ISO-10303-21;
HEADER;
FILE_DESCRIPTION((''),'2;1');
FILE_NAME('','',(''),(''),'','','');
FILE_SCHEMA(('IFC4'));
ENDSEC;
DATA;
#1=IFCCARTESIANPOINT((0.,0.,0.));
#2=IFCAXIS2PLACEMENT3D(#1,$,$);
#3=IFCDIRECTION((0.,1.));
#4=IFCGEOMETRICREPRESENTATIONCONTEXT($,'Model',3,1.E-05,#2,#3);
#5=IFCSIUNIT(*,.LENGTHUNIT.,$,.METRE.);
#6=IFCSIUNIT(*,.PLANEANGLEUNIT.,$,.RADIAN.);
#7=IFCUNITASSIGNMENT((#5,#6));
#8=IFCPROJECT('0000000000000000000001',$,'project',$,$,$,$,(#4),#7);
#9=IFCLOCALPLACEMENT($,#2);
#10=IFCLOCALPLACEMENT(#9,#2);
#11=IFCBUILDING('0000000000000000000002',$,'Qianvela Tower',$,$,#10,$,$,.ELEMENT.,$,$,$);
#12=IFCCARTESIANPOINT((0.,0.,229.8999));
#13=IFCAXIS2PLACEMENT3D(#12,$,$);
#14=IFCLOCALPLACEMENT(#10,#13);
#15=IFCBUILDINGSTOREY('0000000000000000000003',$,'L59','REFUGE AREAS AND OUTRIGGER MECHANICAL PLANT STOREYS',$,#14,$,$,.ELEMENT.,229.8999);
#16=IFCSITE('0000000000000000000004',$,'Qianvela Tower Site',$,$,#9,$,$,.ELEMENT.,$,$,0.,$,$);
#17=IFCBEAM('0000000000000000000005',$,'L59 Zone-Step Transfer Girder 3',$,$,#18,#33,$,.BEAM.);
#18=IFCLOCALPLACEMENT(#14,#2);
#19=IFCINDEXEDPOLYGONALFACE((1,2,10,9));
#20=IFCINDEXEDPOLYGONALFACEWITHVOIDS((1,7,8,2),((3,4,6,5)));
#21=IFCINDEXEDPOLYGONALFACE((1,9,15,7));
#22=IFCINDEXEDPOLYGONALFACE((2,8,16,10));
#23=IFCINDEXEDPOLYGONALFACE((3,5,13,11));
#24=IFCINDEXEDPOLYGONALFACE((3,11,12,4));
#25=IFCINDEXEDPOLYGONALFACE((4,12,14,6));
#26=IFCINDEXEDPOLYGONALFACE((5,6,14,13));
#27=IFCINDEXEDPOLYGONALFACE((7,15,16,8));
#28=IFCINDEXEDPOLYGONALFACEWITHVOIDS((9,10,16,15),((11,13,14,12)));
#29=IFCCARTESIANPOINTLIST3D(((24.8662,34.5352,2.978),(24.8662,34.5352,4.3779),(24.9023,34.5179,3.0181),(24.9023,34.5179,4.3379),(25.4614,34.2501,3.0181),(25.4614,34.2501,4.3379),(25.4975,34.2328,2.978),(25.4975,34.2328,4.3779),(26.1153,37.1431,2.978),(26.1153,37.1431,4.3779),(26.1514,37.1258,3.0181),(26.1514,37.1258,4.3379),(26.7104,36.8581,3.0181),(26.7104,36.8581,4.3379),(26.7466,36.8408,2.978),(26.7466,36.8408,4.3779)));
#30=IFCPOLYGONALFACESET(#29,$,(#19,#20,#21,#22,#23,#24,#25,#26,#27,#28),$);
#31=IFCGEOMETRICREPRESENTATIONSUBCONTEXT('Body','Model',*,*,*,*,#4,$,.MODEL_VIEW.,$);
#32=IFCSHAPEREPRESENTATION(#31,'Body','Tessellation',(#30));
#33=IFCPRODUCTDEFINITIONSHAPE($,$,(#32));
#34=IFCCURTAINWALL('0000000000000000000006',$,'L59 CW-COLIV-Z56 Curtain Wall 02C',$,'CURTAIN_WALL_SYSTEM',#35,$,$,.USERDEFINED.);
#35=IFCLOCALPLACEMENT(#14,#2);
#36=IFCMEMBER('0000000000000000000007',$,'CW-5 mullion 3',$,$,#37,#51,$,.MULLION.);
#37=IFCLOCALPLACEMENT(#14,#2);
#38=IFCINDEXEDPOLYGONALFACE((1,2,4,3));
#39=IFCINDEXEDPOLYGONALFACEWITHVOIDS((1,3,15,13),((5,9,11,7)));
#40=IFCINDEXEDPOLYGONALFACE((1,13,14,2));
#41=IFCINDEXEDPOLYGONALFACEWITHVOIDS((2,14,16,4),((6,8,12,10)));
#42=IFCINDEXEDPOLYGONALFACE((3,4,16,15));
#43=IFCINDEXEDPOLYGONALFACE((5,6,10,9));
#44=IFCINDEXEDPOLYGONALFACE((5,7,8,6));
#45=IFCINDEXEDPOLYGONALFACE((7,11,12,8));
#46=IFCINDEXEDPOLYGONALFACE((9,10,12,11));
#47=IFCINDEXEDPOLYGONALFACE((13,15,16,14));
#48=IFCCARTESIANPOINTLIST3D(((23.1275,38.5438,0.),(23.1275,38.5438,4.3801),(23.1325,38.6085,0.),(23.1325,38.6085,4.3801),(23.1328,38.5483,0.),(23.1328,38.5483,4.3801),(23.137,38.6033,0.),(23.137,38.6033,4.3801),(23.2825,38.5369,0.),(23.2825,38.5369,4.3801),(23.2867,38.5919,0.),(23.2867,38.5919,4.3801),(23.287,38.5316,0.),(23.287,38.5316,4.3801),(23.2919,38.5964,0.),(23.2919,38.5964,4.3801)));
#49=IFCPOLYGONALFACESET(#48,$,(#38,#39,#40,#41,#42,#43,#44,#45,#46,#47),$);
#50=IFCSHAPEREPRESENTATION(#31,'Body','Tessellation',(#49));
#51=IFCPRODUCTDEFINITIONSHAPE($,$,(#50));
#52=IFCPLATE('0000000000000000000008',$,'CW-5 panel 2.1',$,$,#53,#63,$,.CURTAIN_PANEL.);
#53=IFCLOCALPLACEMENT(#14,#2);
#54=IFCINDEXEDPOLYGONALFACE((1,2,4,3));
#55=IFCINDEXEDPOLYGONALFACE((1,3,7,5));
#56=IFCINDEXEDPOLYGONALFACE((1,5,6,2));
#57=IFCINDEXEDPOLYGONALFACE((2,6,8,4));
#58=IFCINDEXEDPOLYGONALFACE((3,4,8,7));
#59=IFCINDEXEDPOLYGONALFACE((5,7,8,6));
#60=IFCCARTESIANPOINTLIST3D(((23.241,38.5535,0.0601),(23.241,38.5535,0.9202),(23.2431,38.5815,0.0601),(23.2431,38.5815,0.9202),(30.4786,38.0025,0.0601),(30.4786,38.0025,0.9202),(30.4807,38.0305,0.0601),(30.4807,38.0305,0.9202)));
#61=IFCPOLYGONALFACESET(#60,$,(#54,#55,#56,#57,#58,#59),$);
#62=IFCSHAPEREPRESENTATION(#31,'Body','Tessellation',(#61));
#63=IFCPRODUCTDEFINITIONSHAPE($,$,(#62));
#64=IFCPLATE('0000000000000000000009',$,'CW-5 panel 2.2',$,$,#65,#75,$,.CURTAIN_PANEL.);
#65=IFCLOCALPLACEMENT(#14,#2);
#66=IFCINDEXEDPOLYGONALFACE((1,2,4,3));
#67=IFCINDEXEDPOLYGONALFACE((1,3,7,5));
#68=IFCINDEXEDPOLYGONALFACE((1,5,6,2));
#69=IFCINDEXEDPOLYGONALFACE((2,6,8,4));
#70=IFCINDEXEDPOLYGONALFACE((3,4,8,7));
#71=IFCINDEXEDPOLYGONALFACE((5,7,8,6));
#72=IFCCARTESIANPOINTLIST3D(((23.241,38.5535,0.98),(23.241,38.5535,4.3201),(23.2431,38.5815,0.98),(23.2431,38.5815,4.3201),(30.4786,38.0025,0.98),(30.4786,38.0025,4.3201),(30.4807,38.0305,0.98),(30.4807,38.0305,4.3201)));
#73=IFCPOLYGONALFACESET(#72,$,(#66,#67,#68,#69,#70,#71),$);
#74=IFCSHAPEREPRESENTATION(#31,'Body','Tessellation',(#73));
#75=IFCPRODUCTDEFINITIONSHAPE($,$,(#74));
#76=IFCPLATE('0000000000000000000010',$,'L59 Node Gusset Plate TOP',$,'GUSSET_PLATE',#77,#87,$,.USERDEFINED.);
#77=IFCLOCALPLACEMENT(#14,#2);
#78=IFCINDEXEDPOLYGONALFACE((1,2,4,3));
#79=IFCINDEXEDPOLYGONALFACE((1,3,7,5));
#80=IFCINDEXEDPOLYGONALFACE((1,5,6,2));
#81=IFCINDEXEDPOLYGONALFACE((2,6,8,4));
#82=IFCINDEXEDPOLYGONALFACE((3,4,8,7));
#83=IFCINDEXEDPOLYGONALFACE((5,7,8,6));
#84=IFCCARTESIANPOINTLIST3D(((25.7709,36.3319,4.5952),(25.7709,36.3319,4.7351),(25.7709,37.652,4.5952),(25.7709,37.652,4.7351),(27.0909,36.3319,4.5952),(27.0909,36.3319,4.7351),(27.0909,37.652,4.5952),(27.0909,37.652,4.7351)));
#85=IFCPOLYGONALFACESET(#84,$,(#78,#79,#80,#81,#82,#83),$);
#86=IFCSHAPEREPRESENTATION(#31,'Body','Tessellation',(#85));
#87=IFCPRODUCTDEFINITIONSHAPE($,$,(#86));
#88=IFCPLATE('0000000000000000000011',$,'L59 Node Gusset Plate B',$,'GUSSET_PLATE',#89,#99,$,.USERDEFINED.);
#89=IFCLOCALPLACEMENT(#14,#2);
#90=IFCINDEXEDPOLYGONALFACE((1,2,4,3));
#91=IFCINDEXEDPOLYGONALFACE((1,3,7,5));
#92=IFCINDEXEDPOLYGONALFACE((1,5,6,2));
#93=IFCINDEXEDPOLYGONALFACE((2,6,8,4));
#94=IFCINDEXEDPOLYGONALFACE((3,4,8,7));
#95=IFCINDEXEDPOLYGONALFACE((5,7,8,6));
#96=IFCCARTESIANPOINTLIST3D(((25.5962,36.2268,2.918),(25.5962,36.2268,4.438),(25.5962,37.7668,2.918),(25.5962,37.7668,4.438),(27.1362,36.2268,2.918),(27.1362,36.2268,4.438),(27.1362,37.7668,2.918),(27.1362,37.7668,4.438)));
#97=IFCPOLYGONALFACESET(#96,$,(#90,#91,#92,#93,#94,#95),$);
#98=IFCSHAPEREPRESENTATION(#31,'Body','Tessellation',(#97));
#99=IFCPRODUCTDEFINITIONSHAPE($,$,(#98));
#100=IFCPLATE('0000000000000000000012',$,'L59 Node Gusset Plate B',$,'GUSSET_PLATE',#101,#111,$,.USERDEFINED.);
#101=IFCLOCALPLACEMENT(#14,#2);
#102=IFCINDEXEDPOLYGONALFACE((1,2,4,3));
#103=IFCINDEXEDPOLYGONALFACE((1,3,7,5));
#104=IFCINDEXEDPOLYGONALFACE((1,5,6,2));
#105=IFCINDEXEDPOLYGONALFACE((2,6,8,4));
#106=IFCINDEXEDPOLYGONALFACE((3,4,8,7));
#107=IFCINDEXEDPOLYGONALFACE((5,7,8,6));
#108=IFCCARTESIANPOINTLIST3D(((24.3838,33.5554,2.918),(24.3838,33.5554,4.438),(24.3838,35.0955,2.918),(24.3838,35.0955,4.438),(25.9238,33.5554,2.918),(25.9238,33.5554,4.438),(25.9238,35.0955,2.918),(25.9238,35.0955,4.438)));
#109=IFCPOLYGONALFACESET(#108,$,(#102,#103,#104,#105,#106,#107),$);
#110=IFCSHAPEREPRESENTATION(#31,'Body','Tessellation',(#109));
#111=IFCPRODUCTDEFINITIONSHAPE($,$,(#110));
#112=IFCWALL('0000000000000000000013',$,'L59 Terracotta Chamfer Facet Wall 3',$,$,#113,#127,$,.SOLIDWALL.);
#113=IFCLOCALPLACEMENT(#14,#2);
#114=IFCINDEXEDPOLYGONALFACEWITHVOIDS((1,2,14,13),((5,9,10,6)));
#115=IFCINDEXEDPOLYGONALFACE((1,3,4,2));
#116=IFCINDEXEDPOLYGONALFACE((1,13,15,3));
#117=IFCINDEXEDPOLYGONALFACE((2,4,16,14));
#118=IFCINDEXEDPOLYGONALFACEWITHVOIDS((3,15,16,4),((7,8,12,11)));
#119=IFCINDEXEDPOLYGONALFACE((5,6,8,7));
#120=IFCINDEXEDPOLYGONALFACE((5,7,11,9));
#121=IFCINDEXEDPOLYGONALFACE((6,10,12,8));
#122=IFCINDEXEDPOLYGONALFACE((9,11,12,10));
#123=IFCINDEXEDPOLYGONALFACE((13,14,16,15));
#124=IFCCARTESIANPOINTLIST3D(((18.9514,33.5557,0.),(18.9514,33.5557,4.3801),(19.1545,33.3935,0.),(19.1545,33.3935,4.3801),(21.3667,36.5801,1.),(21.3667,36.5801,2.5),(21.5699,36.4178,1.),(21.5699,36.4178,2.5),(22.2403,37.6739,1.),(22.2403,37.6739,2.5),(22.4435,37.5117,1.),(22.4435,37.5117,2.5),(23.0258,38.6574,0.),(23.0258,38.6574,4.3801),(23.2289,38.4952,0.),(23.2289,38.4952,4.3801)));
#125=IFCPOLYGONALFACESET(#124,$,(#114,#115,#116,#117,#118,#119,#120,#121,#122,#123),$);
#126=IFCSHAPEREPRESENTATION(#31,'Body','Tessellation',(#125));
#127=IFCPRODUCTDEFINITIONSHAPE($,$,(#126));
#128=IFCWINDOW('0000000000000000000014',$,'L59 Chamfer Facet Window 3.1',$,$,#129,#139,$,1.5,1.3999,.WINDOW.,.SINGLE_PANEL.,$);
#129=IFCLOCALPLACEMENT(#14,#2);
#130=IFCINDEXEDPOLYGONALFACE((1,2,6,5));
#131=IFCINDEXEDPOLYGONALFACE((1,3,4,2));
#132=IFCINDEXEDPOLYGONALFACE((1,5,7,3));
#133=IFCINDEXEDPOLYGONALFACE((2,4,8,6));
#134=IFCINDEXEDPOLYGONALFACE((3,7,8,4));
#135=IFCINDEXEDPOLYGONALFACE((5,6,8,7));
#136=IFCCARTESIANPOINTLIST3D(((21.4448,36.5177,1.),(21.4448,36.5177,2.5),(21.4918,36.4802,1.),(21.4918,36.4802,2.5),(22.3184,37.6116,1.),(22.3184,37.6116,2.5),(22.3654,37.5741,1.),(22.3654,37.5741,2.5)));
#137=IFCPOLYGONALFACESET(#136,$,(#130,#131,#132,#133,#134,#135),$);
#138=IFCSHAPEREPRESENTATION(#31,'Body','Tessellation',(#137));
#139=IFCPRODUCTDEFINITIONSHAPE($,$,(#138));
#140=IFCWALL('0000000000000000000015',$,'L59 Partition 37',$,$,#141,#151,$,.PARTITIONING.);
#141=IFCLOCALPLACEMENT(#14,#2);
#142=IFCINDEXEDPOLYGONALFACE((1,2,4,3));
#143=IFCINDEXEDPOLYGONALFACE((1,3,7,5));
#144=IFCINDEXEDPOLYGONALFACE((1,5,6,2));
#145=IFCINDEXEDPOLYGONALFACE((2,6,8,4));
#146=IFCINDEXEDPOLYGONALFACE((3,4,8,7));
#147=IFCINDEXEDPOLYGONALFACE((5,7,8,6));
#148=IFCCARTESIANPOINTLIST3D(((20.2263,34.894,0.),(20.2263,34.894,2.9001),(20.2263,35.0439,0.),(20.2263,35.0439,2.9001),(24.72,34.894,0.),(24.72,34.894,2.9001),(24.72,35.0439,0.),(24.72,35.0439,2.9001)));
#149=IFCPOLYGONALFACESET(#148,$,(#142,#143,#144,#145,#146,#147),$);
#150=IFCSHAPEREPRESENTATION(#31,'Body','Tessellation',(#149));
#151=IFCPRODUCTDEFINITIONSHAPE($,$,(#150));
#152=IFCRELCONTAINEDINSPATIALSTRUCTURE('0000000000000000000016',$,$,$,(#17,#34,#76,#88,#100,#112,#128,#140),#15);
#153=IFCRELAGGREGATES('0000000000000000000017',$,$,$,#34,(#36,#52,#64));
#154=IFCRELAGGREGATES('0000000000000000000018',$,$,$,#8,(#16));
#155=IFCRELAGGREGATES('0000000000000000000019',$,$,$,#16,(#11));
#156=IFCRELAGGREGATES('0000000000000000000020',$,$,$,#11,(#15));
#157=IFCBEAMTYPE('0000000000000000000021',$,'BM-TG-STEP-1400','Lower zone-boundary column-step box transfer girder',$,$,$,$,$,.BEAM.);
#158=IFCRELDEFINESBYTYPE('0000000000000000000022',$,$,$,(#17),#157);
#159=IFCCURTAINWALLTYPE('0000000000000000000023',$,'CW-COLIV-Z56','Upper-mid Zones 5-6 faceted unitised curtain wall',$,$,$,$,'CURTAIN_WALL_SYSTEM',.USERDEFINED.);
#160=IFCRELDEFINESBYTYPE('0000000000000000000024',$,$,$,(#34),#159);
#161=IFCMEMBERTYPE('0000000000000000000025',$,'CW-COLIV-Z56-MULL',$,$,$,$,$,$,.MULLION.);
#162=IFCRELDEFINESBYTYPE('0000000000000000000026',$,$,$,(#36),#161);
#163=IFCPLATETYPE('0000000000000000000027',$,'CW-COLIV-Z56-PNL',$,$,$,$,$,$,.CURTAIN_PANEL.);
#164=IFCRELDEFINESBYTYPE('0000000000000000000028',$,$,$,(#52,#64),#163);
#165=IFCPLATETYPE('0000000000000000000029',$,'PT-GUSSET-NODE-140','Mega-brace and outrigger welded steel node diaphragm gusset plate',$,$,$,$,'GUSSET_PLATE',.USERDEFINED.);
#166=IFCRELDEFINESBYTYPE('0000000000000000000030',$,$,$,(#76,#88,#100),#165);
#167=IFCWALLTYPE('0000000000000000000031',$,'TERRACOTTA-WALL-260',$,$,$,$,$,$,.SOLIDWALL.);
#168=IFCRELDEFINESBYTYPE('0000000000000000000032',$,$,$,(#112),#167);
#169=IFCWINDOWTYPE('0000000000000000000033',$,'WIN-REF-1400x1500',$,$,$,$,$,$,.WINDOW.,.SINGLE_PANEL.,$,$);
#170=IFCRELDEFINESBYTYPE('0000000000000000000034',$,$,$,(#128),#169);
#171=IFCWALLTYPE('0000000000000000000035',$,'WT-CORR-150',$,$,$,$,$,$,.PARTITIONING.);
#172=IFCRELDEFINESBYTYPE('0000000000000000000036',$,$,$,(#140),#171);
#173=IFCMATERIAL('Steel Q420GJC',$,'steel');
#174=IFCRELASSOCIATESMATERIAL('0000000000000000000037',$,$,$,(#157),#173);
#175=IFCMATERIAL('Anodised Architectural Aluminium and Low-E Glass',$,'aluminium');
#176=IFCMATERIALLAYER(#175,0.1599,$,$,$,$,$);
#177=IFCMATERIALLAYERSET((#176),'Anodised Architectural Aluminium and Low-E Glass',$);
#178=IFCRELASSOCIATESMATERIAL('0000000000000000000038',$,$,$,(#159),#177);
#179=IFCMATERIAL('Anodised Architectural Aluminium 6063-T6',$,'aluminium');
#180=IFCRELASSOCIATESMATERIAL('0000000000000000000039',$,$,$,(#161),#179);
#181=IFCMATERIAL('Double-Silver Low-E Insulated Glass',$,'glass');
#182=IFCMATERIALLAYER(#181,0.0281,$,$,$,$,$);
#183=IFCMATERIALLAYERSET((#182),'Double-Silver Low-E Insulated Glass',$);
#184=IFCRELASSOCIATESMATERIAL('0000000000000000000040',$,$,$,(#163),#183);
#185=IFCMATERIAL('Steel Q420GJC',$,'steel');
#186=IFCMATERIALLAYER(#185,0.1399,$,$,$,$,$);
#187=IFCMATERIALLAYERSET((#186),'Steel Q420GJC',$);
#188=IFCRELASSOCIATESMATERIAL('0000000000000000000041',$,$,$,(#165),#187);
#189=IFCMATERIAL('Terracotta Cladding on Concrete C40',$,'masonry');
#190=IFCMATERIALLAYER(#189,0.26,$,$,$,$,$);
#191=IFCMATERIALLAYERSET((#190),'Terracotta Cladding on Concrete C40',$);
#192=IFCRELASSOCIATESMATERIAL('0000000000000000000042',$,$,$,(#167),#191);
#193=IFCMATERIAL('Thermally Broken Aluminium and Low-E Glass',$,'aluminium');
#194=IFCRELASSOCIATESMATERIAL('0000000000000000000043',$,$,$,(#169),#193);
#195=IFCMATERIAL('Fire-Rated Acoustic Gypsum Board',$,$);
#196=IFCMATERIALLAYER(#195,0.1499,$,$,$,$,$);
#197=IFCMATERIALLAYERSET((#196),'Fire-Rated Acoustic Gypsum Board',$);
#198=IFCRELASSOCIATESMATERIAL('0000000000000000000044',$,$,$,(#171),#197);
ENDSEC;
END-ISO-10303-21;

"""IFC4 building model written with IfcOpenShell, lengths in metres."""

from ifc_helpers import new_model, si_unit, direction, frame, frame_2d, origin, origin_2d, place, context, subcontext, project, spatial, rectangle, hollow_rectangle, extrude, material, layer, layer_set, material_profile, profile_set, type_object, element, fill, aggregate, save


model = new_model("IFC4")

# Units and contexts
model_context = context("Model", 3, precision=1e-05, world=origin(), true_north=direction((0.0, 1.0)))
body_context = subcontext(model_context, "Body", "Model", "MODEL_VIEW")
ifc_project = project(units=[si_unit("LENGTHUNIT", "METRE"), si_unit("PLANEANGLEUNIT", "RADIAN")], contexts=[model_context])

# Site, building, storey
site_placement = place(None, origin())
site = spatial("IfcSite", under=ifc_project, at=site_placement, Name="Qianvela Tower Site", CompositionType="ELEMENT", RefElevation=0.0)
building_placement = place(site_placement, origin())
building = spatial("IfcBuilding", under=site, at=building_placement, Name="Qianvela Tower", CompositionType="ELEMENT")
storey_placement = place(building_placement, frame((0.0, 0.0, 229.8999)))
storey = spatial("IfcBuildingStorey", under=building, at=storey_placement, Name="L59", Description="REFUGE AREAS AND OUTRIGGER MECHANICAL PLANT STOREYS", CompositionType="ELEMENT", Elevation=229.8999)

# Beam
ifc_material_1 = material(Name="Steel Q420GJC", Category="steel")
ifc_material_profile_1 = material_profile(ifc_material_1, hollow_rectangle(XDim=0.7, YDim=1.3999, WallThickness=0.04, at=origin_2d()), Name="TG-BOX-1400x700x40")
ifc_profile_set_1 = profile_set([ifc_material_profile_1], Name="Steel Q420GJC")
beam_type_1 = type_object("IfcBeamType", Name="BM-TG-STEP-1400", Description="Lower zone-boundary column-step box transfer girder", PredefinedType="BEAM", material=ifc_profile_set_1)
beam_1_placement = place(storey_placement, frame((26.4309, 36.9919, 3.678), z_axis=(-0.431951, -0.901897, 0.0), x_axis=(0.901897, -0.431951, 0.0)))
element("IfcBeam", 1, at=beam_1_placement, inside=storey, type_object=beam_type_1, Name="L59 Zone-Step Transfer Girder 3", PredefinedType="BEAM", context=body_context, shape_type="SweptSolid", body=[
    extrude(hollow_rectangle(XDim=0.7, YDim=1.3999, WallThickness=0.04, at=origin_2d()), origin(), (0.0, 0.0, 1.0), 2.8916),
])

# Curtain wall, member, plates
ifc_material_2 = material(Name="Anodised Architectural Aluminium and Low-E Glass", Category="aluminium")
ifc_layer_1 = layer(ifc_material_2, 0.1599)
ifc_layer_set_1 = layer_set([ifc_layer_1], Name="Anodised Architectural Aluminium and Low-E Glass")
curtain_wall_type = type_object("IfcCurtainWallType", Name="CW-COLIV-Z56", Description="Upper-mid Zones 5-6 faceted unitised curtain wall", ElementType="CURTAIN_WALL_SYSTEM", PredefinedType="USERDEFINED", material=ifc_layer_set_1)
curtain_wall_placement = place(storey_placement, origin())
curtain_wall = element("IfcCurtainWall", 2, at=curtain_wall_placement, inside=storey, type_object=curtain_wall_type, Name="L59 CW-COLIV-Z56 Curtain Wall 02C", ObjectType="CURTAIN_WALL_SYSTEM", PredefinedType="USERDEFINED")
ifc_material_3 = material(Name="Anodised Architectural Aluminium 6063-T6", Category="aluminium")
ifc_material_profile_2 = material_profile(ifc_material_3, hollow_rectangle(XDim=0.0649, YDim=0.1599, WallThickness=0.0049, at=origin_2d()), Name="ALU-MULL-65x160")
ifc_profile_set_2 = profile_set([ifc_material_profile_2], Name="Anodised Architectural Aluminium 6063-T6")
member_type = type_object("IfcMemberType", Name="CW-COLIV-Z56-MULL", PredefinedType="MULLION", material=ifc_profile_set_2)
member_placement = place(storey_placement, frame((23.2097, 38.5701, 0.0), z_axis=(0.0, 0.0, 1.0), x_axis=(-0.075903, -0.997115, 0.0)))
member = element("IfcMember", 3, at=member_placement, type_object=member_type, Name="CW-5 mullion 3", PredefinedType="MULLION", context=body_context, shape_type="SweptSolid", body=[
    extrude(hollow_rectangle(XDim=0.0649, YDim=0.1599, WallThickness=0.0049, at=origin_2d()), origin(), (0.0, 0.0, 1.0), 4.3801),
])
ifc_material_4 = material(Name="Double-Silver Low-E Insulated Glass", Category="glass")
ifc_layer_2 = layer(ifc_material_4, 0.0281)
ifc_layer_set_2 = layer_set([ifc_layer_2], Name="Double-Silver Low-E Insulated Glass")
plate_type_1 = type_object("IfcPlateType", Name="CW-COLIV-Z56-PNL", PredefinedType="CURTAIN_PANEL", material=ifc_layer_set_2)
plate_1_placement = place(storey_placement, frame((26.8608, 38.292, 0.0601), z_axis=(0.0, 0.0, 1.0), x_axis=(-0.997115, 0.075903, 0.0)))
plate_1 = element("IfcPlate", 4, at=plate_1_placement, type_object=plate_type_1, Name="CW-5 panel 2.1", PredefinedType="CURTAIN_PANEL", context=body_context, shape_type="SweptSolid", body=[
    extrude(rectangle(XDim=7.2585, YDim=0.0281, at=origin_2d()), origin(), (0.0, 0.0, 1.0), 0.8601),
])
plate_2_placement = place(storey_placement, frame((26.8608, 38.292, 0.98), z_axis=(0.0, 0.0, 1.0), x_axis=(-0.997115, 0.075903, 0.0)))
plate_2 = element("IfcPlate", 5, at=plate_2_placement, type_object=plate_type_1, Name="CW-5 panel 2.2", PredefinedType="CURTAIN_PANEL", context=body_context, shape_type="SweptSolid", body=[
    extrude(rectangle(XDim=7.2585, YDim=0.0281, at=origin_2d()), origin(), (0.0, 0.0, 1.0), 3.3401),
])
aggregate(curtain_wall, [member, plate_1, plate_2])

# Plates
ifc_material_5 = material(Name="Steel Q420GJC", Category="steel")
ifc_layer_3 = layer(ifc_material_5, 0.1399)
ifc_layer_set_3 = layer_set([ifc_layer_3], Name="Steel Q420GJC")
plate_type_2 = type_object("IfcPlateType", Name="PT-GUSSET-NODE-140", Description="Mega-brace and outrigger welded steel node diaphragm gusset plate", ElementType="GUSSET_PLATE", PredefinedType="USERDEFINED", material=ifc_layer_set_3)
plate_3_placement = place(storey_placement, frame((26.4309, 36.9919, 4.5952), z_axis=(0.0, 0.0, 1.0), x_axis=(1.0, 0.0, 0.0)))
element("IfcPlate", 6, at=plate_3_placement, inside=storey, type_object=plate_type_2, Name="L59 Node Gusset Plate TOP", ObjectType="GUSSET_PLATE", PredefinedType="USERDEFINED", context=body_context, shape_type="SweptSolid", body=[
    extrude(rectangle(XDim=1.3201, YDim=1.3201, at=origin_2d()), origin(), (0.0, 0.0, 1.0), 0.1399),
])
for number, where, z_axis, x_axis, name in (
    (7, (26.3662, 36.9968, 2.918), (0.0, 0.0, 1.0), (1.0, 0.0, 0.0), "L59 Node Gusset Plate B"),
    (8, (25.1538, 34.3254, 2.918), (0.0, 0.0, 1.0), (1.0, 0.0, 0.0), "L59 Node Gusset Plate B"),
):
    element("IfcPlate", number, at=place(storey_placement, frame(where, z_axis=z_axis, x_axis=x_axis)), inside=storey, type_object=plate_type_2, Name=name, ObjectType="GUSSET_PLATE", PredefinedType="USERDEFINED", context=body_context, shape_type="SweptSolid", body=[
        extrude(rectangle(XDim=1.54, YDim=1.54, at=origin_2d()), origin(), (0.0, 0.0, 1.0), 1.52),
    ])

# Wall, opening, window
ifc_material_6 = material(Name="Terracotta Cladding on Concrete C40", Category="masonry")
ifc_layer_4 = layer(ifc_material_6, 0.26)
ifc_layer_set_4 = layer_set([ifc_layer_4], Name="Terracotta Cladding on Concrete C40")
wall_type_1 = type_object("IfcWallType", Name="TERRACOTTA-WALL-260", PredefinedType="SOLIDWALL", material=ifc_layer_set_4)
wall_1_placement = place(storey_placement, frame((23.1274, 38.5764, 0.0), z_axis=(0.0, 0.0, 1.0), x_axis=(-0.624043, -0.78139, 0.0)))
wall_1 = element("IfcWall", 9, at=wall_1_placement, inside=storey, type_object=wall_type_1, Name="L59 Terracotta Chamfer Facet Wall 3", PredefinedType="SOLIDWALL", context=body_context, shape_type="SweptSolid", body=[
    extrude(rectangle(XDim=6.5291, YDim=0.26, at=frame_2d((3.2646, 0.0))), origin(), (0.0, 0.0, 1.0), 4.3801),
])
opening_1_placement = place(wall_1_placement, frame((1.2588, 0.0, 1.0)))
opening_1 = element("IfcOpeningElement", 10, at=opening_1_placement, cuts=wall_1, PredefinedType="OPENING", context=body_context, shape_type="SweptSolid", body=[
    extrude(rectangle(XDim=1.3999, YDim=1.5, at=frame_2d((0.7, 0.75))), frame((0.0, 0.1399, 0.0), z_axis=(0.0, -1.0, 0.0), x_axis=(1.0, 0.0, 0.0)), (0.0, 0.0, 1.0), 0.28),
])
ifc_material_7 = material(Name="Thermally Broken Aluminium and Low-E Glass", Category="aluminium")
window_type = type_object("IfcWindowType", Name="WIN-REF-1400x1500", PartitioningType="SINGLE_PANEL", PredefinedType="WINDOW", material=ifc_material_7)
window_placement = place(opening_1_placement, origin())
window = element("IfcWindow", 11, at=window_placement, inside=storey, type_object=window_type, Name="L59 Chamfer Facet Window 3.1", OverallHeight=1.5, OverallWidth=1.3999, PartitioningType="SINGLE_PANEL", PredefinedType="WINDOW", context=body_context, shape_type="SweptSolid", body=[
    extrude(rectangle(XDim=1.3999, YDim=1.5, at=frame_2d((0.7, 0.75))), frame((0.0, 0.03, 0.0), z_axis=(0.0, -1.0, 0.0), x_axis=(1.0, 0.0, 0.0)), (0.0, 0.0, 1.0), 0.0601),
])
fill(opening_1, window)

# Wall
ifc_material_8 = material(Name="Fire-Rated Acoustic Gypsum Board")
ifc_layer_5 = layer(ifc_material_8, 0.1499)
ifc_layer_set_5 = layer_set([ifc_layer_5], Name="Fire-Rated Acoustic Gypsum Board")
wall_type_2 = type_object("IfcWallType", Name="WT-CORR-150", PredefinedType="PARTITIONING", material=ifc_layer_set_5)
wall_2_placement = place(storey_placement, frame((20.2263, 34.969, 0.0), z_axis=(0.0, 0.0, 1.0), x_axis=(1.0, 0.0, 0.0)))
element("IfcWall", 12, at=wall_2_placement, inside=storey, type_object=wall_type_2, Name="L59 Partition 37", PredefinedType="PARTITIONING", context=body_context, shape_type="SweptSolid", body=[
    extrude(rectangle(XDim=4.4937, YDim=0.1499, at=frame_2d((2.2468, 0.0))), origin(), (0.0, 0.0, 1.0), 2.9001),
])

save(model, "model.ifc")
